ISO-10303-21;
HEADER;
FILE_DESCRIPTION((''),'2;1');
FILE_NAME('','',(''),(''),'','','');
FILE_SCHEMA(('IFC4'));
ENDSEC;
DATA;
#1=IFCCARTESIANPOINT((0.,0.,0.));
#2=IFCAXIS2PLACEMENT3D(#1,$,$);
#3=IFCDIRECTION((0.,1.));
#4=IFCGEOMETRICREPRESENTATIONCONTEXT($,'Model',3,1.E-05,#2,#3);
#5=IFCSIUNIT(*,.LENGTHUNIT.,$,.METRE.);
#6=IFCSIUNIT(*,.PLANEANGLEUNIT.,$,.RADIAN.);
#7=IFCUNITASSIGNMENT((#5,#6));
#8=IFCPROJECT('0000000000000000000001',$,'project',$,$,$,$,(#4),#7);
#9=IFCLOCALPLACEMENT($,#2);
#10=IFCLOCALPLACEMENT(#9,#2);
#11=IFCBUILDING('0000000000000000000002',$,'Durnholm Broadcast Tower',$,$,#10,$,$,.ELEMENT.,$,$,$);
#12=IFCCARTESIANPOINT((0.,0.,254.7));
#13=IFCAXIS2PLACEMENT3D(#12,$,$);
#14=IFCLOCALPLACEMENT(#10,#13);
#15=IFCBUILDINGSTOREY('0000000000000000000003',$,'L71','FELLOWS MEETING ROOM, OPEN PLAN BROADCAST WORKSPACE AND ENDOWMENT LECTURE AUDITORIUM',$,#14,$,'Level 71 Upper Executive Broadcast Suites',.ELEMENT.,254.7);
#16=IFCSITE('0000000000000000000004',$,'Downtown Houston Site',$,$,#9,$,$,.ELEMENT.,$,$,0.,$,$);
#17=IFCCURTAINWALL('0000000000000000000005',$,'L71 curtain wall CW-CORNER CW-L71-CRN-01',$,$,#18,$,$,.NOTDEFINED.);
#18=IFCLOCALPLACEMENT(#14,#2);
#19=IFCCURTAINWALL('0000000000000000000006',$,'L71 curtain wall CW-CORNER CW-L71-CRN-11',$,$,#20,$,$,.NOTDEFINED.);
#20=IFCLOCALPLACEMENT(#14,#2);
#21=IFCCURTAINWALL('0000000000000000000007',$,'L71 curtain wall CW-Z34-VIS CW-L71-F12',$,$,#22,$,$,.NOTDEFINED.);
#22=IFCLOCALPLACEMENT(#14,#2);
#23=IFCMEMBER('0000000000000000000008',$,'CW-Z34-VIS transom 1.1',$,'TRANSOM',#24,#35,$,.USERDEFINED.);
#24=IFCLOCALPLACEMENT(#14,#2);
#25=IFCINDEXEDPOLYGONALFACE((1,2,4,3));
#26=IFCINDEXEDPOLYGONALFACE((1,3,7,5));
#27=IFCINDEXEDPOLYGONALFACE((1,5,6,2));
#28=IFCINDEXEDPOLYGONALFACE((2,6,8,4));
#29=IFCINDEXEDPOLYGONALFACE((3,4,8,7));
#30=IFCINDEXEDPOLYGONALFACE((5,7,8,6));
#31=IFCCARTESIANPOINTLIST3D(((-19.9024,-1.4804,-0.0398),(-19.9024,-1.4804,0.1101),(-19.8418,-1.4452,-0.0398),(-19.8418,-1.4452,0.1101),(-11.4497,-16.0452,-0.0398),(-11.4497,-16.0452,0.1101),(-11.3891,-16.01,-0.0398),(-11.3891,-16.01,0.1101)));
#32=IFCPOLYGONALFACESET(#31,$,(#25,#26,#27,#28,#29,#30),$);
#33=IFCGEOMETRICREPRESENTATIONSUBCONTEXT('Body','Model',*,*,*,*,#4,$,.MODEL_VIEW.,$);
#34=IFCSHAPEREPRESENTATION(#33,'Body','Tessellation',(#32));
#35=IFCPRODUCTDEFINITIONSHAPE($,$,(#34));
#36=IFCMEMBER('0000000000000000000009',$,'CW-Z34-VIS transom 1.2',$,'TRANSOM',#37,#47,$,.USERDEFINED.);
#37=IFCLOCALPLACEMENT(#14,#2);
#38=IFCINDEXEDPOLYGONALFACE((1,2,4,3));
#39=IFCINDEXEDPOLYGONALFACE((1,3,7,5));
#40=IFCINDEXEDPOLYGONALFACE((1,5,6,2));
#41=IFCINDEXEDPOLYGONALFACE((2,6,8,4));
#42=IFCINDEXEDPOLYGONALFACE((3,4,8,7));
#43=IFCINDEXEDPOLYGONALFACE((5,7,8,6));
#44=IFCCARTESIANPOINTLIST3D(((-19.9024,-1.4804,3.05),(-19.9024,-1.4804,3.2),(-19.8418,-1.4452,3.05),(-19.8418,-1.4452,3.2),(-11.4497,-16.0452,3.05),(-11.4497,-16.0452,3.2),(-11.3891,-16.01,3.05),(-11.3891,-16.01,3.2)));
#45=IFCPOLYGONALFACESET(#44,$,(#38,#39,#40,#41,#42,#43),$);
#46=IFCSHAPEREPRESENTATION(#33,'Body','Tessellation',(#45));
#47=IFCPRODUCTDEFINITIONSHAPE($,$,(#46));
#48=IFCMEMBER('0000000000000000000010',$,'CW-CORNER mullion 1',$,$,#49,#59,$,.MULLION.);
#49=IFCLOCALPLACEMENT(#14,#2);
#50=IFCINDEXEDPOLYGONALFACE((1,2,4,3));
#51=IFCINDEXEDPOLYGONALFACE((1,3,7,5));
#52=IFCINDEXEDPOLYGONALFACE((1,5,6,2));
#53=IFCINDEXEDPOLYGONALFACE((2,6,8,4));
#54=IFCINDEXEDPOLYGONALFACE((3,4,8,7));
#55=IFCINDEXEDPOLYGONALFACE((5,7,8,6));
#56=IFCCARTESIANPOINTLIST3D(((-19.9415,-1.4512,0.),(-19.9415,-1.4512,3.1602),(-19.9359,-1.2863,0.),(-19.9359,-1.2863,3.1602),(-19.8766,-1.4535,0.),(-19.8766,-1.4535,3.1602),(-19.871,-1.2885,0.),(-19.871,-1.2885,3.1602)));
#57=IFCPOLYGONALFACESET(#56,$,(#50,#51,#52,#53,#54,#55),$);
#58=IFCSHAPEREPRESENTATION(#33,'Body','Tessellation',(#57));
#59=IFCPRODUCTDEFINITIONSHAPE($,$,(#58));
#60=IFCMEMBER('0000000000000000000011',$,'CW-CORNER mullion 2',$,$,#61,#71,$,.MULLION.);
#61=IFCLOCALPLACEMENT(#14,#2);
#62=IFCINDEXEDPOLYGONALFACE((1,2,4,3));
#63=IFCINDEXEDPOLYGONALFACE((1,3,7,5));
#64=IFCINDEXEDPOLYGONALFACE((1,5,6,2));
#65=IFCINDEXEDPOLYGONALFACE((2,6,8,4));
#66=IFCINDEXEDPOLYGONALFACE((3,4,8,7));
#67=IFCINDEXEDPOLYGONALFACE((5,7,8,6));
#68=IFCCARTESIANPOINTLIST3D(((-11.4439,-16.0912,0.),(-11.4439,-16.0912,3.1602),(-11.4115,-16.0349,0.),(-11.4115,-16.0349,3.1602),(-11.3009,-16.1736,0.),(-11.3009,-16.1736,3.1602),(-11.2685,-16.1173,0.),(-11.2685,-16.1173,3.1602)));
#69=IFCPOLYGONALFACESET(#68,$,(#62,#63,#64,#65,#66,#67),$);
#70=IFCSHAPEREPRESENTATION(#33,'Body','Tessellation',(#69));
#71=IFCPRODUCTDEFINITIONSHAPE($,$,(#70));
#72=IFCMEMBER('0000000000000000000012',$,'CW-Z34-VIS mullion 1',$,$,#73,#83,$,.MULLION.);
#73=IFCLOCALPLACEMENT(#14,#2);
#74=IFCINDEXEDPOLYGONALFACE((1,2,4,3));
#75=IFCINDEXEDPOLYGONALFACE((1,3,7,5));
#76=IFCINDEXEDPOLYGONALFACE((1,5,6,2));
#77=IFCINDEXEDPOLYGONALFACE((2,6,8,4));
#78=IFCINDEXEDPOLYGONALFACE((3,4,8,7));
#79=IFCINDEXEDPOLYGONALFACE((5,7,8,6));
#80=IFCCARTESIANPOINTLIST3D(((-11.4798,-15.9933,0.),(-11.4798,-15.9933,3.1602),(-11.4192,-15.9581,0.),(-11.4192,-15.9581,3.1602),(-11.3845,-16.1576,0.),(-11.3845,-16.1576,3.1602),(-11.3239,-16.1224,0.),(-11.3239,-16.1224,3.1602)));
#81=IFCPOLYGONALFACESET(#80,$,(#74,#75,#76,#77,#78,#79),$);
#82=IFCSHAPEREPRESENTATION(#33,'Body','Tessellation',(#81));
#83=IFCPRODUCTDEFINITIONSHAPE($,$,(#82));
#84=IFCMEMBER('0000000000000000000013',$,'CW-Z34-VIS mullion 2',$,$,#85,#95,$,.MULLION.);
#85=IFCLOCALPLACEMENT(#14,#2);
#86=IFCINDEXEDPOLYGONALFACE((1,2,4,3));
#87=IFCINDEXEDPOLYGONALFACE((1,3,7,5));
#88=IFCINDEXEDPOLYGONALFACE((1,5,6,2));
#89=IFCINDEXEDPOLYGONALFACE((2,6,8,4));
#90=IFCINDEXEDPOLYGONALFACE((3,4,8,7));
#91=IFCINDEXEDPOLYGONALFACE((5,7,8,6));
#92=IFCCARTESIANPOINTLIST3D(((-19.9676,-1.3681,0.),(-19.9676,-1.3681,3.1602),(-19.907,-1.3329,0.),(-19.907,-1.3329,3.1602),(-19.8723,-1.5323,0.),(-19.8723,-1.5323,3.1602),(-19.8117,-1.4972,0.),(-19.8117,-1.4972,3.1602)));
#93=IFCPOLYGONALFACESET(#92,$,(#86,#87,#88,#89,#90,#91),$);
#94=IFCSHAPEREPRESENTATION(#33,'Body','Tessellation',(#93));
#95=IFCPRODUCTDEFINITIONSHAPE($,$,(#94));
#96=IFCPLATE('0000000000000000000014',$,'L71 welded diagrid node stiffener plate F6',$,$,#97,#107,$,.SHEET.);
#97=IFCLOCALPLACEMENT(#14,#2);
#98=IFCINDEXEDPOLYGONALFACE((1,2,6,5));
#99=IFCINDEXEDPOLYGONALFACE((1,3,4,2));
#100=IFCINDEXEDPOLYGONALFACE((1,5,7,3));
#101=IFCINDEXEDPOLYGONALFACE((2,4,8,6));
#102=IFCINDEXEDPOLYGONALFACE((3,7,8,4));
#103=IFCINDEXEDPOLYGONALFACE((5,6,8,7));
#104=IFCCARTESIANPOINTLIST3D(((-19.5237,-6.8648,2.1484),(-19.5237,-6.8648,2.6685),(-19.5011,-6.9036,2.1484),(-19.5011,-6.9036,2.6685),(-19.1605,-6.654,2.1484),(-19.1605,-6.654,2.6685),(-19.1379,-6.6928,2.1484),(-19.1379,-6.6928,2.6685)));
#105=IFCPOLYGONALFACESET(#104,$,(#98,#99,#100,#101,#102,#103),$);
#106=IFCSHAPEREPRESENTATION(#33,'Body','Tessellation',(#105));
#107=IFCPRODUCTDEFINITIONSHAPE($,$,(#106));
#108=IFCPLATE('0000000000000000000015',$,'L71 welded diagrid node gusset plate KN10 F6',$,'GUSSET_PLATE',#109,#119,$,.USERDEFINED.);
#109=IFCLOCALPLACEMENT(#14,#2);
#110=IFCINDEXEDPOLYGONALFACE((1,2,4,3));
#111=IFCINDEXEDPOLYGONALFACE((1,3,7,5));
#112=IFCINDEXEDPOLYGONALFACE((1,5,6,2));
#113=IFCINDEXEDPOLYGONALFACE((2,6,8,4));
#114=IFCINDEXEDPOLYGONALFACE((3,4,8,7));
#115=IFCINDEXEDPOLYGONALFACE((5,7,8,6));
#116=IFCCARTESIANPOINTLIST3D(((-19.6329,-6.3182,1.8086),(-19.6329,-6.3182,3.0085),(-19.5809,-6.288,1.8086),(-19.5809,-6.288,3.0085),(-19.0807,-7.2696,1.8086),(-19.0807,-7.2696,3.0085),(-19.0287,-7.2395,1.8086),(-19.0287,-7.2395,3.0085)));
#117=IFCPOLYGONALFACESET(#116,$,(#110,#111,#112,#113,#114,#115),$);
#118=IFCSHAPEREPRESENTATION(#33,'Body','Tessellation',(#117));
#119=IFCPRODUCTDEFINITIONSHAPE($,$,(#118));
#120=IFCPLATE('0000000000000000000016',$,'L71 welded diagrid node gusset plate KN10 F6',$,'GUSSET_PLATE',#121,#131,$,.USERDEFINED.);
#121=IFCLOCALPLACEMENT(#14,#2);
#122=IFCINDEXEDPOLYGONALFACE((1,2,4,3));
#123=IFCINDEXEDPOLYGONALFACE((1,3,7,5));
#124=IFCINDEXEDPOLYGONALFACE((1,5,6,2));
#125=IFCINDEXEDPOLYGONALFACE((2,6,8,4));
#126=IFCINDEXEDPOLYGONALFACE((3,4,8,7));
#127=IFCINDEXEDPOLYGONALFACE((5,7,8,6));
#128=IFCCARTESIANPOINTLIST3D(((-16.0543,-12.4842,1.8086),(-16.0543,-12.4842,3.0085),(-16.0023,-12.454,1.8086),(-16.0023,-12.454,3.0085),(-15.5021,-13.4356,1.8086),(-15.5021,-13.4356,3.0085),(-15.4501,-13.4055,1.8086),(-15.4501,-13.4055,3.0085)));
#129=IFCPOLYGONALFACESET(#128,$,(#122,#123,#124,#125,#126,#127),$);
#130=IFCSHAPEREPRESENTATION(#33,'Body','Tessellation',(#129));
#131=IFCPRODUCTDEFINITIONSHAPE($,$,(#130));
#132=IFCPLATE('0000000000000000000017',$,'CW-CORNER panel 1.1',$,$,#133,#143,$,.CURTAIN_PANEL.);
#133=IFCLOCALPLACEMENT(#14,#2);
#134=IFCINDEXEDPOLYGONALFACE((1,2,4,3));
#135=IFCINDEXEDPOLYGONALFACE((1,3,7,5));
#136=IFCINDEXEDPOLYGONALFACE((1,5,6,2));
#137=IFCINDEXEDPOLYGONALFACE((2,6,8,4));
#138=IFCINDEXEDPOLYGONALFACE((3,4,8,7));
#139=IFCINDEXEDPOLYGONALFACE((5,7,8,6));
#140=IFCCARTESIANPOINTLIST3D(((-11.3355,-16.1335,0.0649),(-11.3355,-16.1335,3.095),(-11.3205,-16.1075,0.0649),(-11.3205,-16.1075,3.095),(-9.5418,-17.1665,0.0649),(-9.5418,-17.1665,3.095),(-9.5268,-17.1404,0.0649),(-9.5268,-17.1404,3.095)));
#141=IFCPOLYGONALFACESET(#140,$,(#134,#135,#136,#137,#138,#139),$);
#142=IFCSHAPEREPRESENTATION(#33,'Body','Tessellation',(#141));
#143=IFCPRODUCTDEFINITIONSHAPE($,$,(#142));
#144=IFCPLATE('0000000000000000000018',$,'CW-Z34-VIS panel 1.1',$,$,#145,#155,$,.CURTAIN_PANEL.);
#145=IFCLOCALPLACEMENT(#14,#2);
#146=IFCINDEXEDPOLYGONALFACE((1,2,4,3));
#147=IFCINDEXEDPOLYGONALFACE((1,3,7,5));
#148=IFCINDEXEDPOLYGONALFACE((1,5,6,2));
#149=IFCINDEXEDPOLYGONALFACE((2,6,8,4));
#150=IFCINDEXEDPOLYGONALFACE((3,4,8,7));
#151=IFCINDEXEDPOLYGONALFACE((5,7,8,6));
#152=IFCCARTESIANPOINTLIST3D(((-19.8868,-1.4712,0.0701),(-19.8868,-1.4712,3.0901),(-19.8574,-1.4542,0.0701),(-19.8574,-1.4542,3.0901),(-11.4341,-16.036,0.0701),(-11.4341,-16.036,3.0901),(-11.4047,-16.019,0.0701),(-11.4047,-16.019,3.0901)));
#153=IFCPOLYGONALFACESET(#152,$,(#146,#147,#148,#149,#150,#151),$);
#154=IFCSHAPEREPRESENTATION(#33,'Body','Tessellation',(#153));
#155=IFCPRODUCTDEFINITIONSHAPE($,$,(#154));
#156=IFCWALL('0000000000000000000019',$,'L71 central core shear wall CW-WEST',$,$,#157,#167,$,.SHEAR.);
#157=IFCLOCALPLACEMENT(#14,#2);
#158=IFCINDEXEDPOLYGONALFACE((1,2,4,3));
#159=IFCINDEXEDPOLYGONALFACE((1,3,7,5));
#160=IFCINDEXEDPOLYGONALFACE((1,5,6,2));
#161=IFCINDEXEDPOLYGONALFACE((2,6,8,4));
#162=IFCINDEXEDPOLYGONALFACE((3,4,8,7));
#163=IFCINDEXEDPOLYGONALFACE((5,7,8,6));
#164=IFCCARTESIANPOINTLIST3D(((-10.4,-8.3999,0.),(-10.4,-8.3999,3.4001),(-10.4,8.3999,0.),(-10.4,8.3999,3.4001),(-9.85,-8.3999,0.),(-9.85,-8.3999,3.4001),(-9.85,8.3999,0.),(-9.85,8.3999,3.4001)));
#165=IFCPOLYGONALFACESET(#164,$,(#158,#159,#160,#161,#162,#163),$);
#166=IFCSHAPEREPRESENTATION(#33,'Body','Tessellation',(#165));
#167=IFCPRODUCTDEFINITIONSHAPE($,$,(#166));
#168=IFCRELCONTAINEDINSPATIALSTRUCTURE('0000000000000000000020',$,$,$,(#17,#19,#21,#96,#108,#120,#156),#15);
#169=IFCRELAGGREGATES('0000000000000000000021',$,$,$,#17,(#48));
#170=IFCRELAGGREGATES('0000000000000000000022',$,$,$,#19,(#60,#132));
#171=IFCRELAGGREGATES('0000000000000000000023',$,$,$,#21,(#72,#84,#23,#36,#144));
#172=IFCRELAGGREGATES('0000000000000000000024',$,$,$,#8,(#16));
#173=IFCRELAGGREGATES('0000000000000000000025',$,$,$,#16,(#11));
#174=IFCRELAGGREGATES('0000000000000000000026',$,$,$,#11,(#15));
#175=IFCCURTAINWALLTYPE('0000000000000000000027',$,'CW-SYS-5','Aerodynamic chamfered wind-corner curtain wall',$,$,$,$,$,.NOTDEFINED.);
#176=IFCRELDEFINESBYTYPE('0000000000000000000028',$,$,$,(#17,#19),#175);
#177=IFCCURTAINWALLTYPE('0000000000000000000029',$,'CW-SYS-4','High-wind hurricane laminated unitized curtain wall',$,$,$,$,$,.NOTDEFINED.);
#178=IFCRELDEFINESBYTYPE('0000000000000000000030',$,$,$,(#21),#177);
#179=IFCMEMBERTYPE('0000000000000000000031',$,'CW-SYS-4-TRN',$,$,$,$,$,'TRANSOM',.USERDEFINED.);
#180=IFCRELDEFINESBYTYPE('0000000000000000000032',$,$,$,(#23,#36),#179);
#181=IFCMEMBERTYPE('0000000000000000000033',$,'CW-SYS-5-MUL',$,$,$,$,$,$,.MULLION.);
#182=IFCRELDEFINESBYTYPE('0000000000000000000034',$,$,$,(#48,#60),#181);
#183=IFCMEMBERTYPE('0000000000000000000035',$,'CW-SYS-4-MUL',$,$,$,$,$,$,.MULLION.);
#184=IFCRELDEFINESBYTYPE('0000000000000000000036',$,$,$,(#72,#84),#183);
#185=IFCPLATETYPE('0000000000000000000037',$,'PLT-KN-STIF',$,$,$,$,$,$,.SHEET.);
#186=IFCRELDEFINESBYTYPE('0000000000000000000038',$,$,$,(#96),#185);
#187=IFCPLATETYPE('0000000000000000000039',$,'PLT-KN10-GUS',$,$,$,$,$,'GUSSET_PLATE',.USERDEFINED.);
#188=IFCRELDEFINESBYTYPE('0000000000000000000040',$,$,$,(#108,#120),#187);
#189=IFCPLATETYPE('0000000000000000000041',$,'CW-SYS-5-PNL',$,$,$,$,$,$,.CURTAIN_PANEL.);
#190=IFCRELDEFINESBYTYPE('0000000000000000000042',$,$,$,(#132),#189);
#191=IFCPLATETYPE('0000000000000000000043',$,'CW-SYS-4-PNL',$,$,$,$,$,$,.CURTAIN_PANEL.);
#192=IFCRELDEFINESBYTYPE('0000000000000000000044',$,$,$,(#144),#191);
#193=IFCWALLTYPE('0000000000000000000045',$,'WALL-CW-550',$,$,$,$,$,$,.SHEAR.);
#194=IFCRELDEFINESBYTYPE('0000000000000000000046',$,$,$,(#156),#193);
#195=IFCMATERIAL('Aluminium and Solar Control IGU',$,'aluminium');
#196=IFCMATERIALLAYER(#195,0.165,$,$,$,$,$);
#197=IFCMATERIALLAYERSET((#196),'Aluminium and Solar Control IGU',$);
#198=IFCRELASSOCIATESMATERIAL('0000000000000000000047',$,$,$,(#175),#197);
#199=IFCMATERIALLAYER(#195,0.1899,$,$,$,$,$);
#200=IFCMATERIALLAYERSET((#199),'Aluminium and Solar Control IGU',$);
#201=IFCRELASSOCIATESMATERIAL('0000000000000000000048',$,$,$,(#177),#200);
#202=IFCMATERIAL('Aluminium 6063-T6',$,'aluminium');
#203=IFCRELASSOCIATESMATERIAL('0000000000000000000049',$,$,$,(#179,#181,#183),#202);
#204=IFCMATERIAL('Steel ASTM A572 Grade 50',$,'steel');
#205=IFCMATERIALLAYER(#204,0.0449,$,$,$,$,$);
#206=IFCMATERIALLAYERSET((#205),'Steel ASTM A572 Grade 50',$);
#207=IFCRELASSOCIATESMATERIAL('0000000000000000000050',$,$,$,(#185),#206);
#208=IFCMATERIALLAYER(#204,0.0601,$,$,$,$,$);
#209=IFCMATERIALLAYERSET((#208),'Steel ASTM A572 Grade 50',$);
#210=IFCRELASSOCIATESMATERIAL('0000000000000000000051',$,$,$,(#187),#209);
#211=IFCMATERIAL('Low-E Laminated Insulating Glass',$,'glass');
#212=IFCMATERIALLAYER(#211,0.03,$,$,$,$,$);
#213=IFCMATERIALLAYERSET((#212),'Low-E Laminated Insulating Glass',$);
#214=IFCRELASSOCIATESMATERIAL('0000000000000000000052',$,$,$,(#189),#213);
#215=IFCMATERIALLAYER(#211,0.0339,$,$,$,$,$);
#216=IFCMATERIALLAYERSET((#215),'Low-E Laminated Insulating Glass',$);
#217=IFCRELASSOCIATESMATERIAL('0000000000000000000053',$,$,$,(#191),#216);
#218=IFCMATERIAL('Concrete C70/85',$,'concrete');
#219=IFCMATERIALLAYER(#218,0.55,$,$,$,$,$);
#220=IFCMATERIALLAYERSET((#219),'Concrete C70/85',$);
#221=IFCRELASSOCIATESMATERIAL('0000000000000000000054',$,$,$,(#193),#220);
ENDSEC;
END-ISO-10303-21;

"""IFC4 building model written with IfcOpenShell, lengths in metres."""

from ifc_helpers import new_model, si_unit, direction, frame, frame_2d, origin, origin_2d, place, context, subcontext, project, spatial, rectangle, extrude, source, transform, mapped, material, layer, layer_set, material_profile, profile_set, type_object, type_shapes, element, aggregate, save


model = new_model("IFC4")

# Units and contexts
model_context = context("Model", 3, precision=1e-05, world=origin(), true_north=direction((0.0, 1.0)))
body_context = subcontext(model_context, "Body", "Model", "MODEL_VIEW")
ifc_project = project(units=[si_unit("LENGTHUNIT", "METRE"), si_unit("PLANEANGLEUNIT", "RADIAN")], contexts=[model_context])

# Site, building, storey
site_placement = place(None, origin())
site = spatial("IfcSite", under=ifc_project, at=site_placement, Name="Downtown Houston Site", CompositionType="ELEMENT", RefElevation=0.0)
building_placement = place(site_placement, origin())
building = spatial("IfcBuilding", under=site, at=building_placement, Name="Durnholm Broadcast Tower", CompositionType="ELEMENT")
storey_placement = place(building_placement, frame((0.0, 0.0, 254.7)))
storey = spatial("IfcBuildingStorey", under=building, at=storey_placement, Name="L71", Description="FELLOWS MEETING ROOM, OPEN PLAN BROADCAST WORKSPACE AND ENDOWMENT LECTURE AUDITORIUM", LongName="Level 71 Upper Executive Broadcast Suites", CompositionType="ELEMENT", Elevation=254.7)

# Shared definitions
ifc_material_1 = material(Name="Concrete C70/85", Category="concrete")

# Curtain walls, members
ifc_material_2 = material(Name="Aluminium and Solar Control IGU", Category="aluminium")
ifc_layer_1 = layer(ifc_material_2, 0.165)
ifc_layer_set_1 = layer_set([ifc_layer_1], Name="Aluminium and Solar Control IGU")
curtain_wall_type_1 = type_object("IfcCurtainWallType", Name="CW-SYS-5", Description="Aerodynamic chamfered wind-corner curtain wall", PredefinedType="NOTDEFINED", material=ifc_layer_set_1)
curtain_wall_1_placement = place(storey_placement, origin())
curtain_wall_1 = element("IfcCurtainWall", 1, at=curtain_wall_1_placement, inside=storey, type_object=curtain_wall_type_1, Name="L71 curtain wall CW-CORNER CW-L71-CRN-01", PredefinedType="NOTDEFINED")
ifc_material_3 = material(Name="Aluminium 6063-T6", Category="aluminium")
curtain_wall_2_placement = place(storey_placement, origin())
curtain_wall_2 = element("IfcCurtainWall", 2, at=curtain_wall_2_placement, inside=storey, type_object=curtain_wall_type_1, Name="L71 curtain wall CW-CORNER CW-L71-CRN-11", PredefinedType="NOTDEFINED")
ifc_layer_2 = layer(ifc_material_2, 0.1899)
ifc_layer_set_2 = layer_set([ifc_layer_2], Name="Aluminium and Solar Control IGU")
curtain_wall_type_2 = type_object("IfcCurtainWallType", Name="CW-SYS-4", Description="High-wind hurricane laminated unitized curtain wall", PredefinedType="NOTDEFINED", material=ifc_layer_set_2)
curtain_wall_3_placement = place(storey_placement, origin())
curtain_wall_3 = element("IfcCurtainWall", 3, at=curtain_wall_3_placement, inside=storey, type_object=curtain_wall_type_2, Name="L71 curtain wall CW-Z34-VIS CW-L71-F12", PredefinedType="NOTDEFINED")
ifc_material_profile_1 = material_profile(ifc_material_3, rectangle(XDim=0.0701, YDim=0.1499, at=origin_2d()), Name="CWT70X150")
ifc_profile_set_1 = profile_set([ifc_material_profile_1], Name="Aluminium 6063-T6")
member_type_1 = type_object("IfcMemberType", Name="CW-SYS-4-TRN", ElementType="TRANSOM", PredefinedType="USERDEFINED", material=ifc_profile_set_1)
shared_shape_1 = source(origin(), body_context, "Body", "SweptSolid", [
    extrude(rectangle(XDim=0.0701, YDim=0.1499, at=origin_2d()), origin(), (0.0, 0.0, 1.0), 16.8398),
])
type_shapes(member_type_1, [shared_shape_1])
member_1_placement = place(storey_placement, frame((-11.4194, -16.0276, 0.0352), z_axis=(-0.501945, 0.864899, 0.0), x_axis=(-0.864899, -0.501945, 0.0)))
member_1 = element("IfcMember", 4, at=member_1_placement, type_object=member_type_1, Name="CW-Z34-VIS transom 1.1", ObjectType="TRANSOM", PredefinedType="USERDEFINED", context=body_context, shape_type="MappedRepresentation", body=[
    mapped(shared_shape_1, transform((0.0, 0.0, 0.0), x_axis=(1.0, 0.0, 0.0), y_axis=(0.0, 1.0, 0.0), z_axis=(0.0, 0.0, 1.0), scale=1.0)),
])
member_2_placement = place(storey_placement, frame((-11.4194, -16.0276, 3.125), z_axis=(-0.501945, 0.864899, 0.0), x_axis=(-0.864899, -0.501945, 0.0)))
member_2 = element("IfcMember", 5, at=member_2_placement, type_object=member_type_1, Name="CW-Z34-VIS transom 1.2", ObjectType="TRANSOM", PredefinedType="USERDEFINED", context=body_context, shape_type="MappedRepresentation", body=[
    mapped(shared_shape_1, transform((0.0, 0.0, 0.0), x_axis=(1.0, 0.0, 0.0), y_axis=(0.0, 1.0, 0.0), z_axis=(0.0, 0.0, 1.0), scale=1.0)),
])

# Members
ifc_material_profile_2 = material_profile(ifc_material_3, rectangle(XDim=0.0649, YDim=0.165, at=origin_2d()), Name="CWM65X165")
ifc_profile_set_2 = profile_set([ifc_material_profile_2], Name="Aluminium 6063-T6")
member_type_2 = type_object("IfcMemberType", Name="CW-SYS-5-MUL", PredefinedType="MULLION", material=ifc_profile_set_2)
shared_shape_2 = source(origin(), body_context, "Body", "SweptSolid", [
    extrude(rectangle(XDim=0.0649, YDim=0.165, at=origin_2d()), origin(), (0.0, 0.0, 1.0), 3.1602),
])
type_shapes(member_type_2, [shared_shape_2])
member_3_placement = place(storey_placement, frame((-19.9062, -1.3699, 0.0), z_axis=(0.0, 0.0, 1.0), x_axis=(-0.999411, 0.034318, 0.0)))
member_3 = element("IfcMember", 6, at=member_3_placement, type_object=member_type_2, Name="CW-CORNER mullion 1", PredefinedType="MULLION", context=body_context, shape_type="MappedRepresentation", body=[
    mapped(shared_shape_2, transform((0.0, 0.0, 0.0), x_axis=(1.0, 0.0, 0.0), y_axis=(0.0, 1.0, 0.0), z_axis=(0.0, 0.0, 1.0), scale=1.0)),
])
aggregate(curtain_wall_1, [member_3])
member_4_placement = place(storey_placement, frame((-11.3562, -16.1042, 0.0), z_axis=(0.0, 0.0, 1.0), x_axis=(-0.499059, -0.866568, 0.0)))
member_4 = element("IfcMember", 7, at=member_4_placement, type_object=member_type_2, Name="CW-CORNER mullion 2", PredefinedType="MULLION", context=body_context, shape_type="MappedRepresentation", body=[
    mapped(shared_shape_2, transform((0.0, 0.0, 0.0), x_axis=(1.0, 0.0, 0.0), y_axis=(0.0, 1.0, 0.0), z_axis=(0.0, 0.0, 1.0), scale=1.0)),
])
ifc_material_profile_3 = material_profile(ifc_material_3, rectangle(XDim=0.0701, YDim=0.1899, at=origin_2d()), Name="CWM70X190")
ifc_profile_set_3 = profile_set([ifc_material_profile_3], Name="Aluminium 6063-T6")
member_type_3 = type_object("IfcMemberType", Name="CW-SYS-4-MUL", PredefinedType="MULLION", material=ifc_profile_set_3)
shared_shape_3 = source(origin(), body_context, "Body", "SweptSolid", [
    extrude(rectangle(XDim=0.0701, YDim=0.1899, at=origin_2d()), origin(), (0.0, 0.0, 1.0), 3.1602),
])
type_shapes(member_type_3, [shared_shape_3])
member_5_placement = place(storey_placement, frame((-11.4019, -16.0579, 0.0), z_axis=(0.0, 0.0, 1.0), x_axis=(-0.8649, -0.501944, 0.0)))
member_5 = element("IfcMember", 8, at=member_5_placement, type_object=member_type_3, Name="CW-Z34-VIS mullion 1", PredefinedType="MULLION", context=body_context, shape_type="MappedRepresentation", body=[
    mapped(shared_shape_3, transform((0.0, 0.0, 0.0), x_axis=(1.0, 0.0, 0.0), y_axis=(0.0, 1.0, 0.0), z_axis=(0.0, 0.0, 1.0), scale=1.0)),
])
member_6_placement = place(storey_placement, frame((-19.8896, -1.4326, 0.0), z_axis=(0.0, 0.0, 1.0), x_axis=(-0.8649, -0.501944, 0.0)))
member_6 = element("IfcMember", 9, at=member_6_placement, type_object=member_type_3, Name="CW-Z34-VIS mullion 2", PredefinedType="MULLION", context=body_context, shape_type="MappedRepresentation", body=[
    mapped(shared_shape_3, transform((0.0, 0.0, 0.0), x_axis=(1.0, 0.0, 0.0), y_axis=(0.0, 1.0, 0.0), z_axis=(0.0, 0.0, 1.0), scale=1.0)),
])

# Plates
ifc_material_4 = material(Name="Steel ASTM A572 Grade 50", Category="steel")
ifc_layer_3 = layer(ifc_material_4, 0.0449)
ifc_layer_set_3 = layer_set([ifc_layer_3], Name="Steel ASTM A572 Grade 50")
plate_type_1 = type_object("IfcPlateType", Name="PLT-KN-STIF", PredefinedType="SHEET", material=ifc_layer_set_3)
shared_shape_4 = source(origin(), body_context, "Body", "SweptSolid", [
    extrude(rectangle(XDim=0.0449, YDim=0.4199, at=origin_2d()), origin(), (0.0, 0.0, 1.0), 0.52),
])
type_shapes(plate_type_1, [shared_shape_4])
plate_1_placement = place(storey_placement, frame((-19.3308, -6.7788, 2.1484), z_axis=(0.0, 0.0, 1.0), x_axis=(0.501964, -0.864889, 0.0)))
element("IfcPlate", 10, at=plate_1_placement, inside=storey, type_object=plate_type_1, Name="L71 welded diagrid node stiffener plate F6", PredefinedType="SHEET", context=body_context, shape_type="MappedRepresentation", body=[
    mapped(shared_shape_4, transform((0.0, 0.0, 0.0), x_axis=(1.0, 0.0, 0.0), y_axis=(0.0, 1.0, 0.0), z_axis=(0.0, 0.0, 1.0), scale=1.0)),
])
ifc_layer_4 = layer(ifc_material_4, 0.0601)
ifc_layer_set_4 = layer_set([ifc_layer_4], Name="Steel ASTM A572 Grade 50")
plate_type_2 = type_object("IfcPlateType", Name="PLT-KN10-GUS", ElementType="GUSSET_PLATE", PredefinedType="USERDEFINED", material=ifc_layer_set_4)
shared_shape_5 = source(origin(), body_context, "Body", "SweptSolid", [
    extrude(rectangle(XDim=1.1001, YDim=0.0601, at=origin_2d()), origin(), (0.0, 0.0, 1.0), 1.2),
])
type_shapes(plate_type_2, [shared_shape_5])
for number, where, z_axis, x_axis, name in (
    (11, (-19.3308, -6.7788, 1.8086), (0.0, 0.0, 1.0), (0.501964, -0.864889, 0.0), "L71 welded diagrid node gusset plate KN10 F6"),
    (12, (-15.7522, -12.9448, 1.8086), (0.0, 0.0, 1.0), (0.501964, -0.864889, 0.0), "L71 welded diagrid node gusset plate KN10 F6"),
):
    element("IfcPlate", number, at=place(storey_placement, frame(where, z_axis=z_axis, x_axis=x_axis)), inside=storey, type_object=plate_type_2, Name=name, ObjectType="GUSSET_PLATE", PredefinedType="USERDEFINED", context=body_context, shape_type="MappedRepresentation", body=[
        mapped(shared_shape_5, transform((0.0, 0.0, 0.0), x_axis=(1.0, 0.0, 0.0), y_axis=(0.0, 1.0, 0.0), z_axis=(0.0, 0.0, 1.0), scale=1.0)),
    ])

# Plates
ifc_material_5 = material(Name="Low-E Laminated Insulating Glass", Category="glass")
ifc_layer_5 = layer(ifc_material_5, 0.03)
ifc_layer_set_5 = layer_set([ifc_layer_5], Name="Low-E Laminated Insulating Glass")
plate_type_3 = type_object("IfcPlateType", Name="CW-SYS-5-PNL", PredefinedType="CURTAIN_PANEL", material=ifc_layer_set_5)
shared_shape_6 = source(origin(), body_context, "Body", "SweptSolid", [
    extrude(rectangle(XDim=2.0698, YDim=0.03, at=origin_2d()), origin(), (0.0, 0.0, 1.0), 3.03),
])
type_shapes(plate_type_3, [shared_shape_6])
plate_2_placement = place(storey_placement, frame((-10.4312, -16.637, 0.0649), z_axis=(0.0, 0.0, 1.0), x_axis=(-0.866568, 0.499059, 0.0)))
plate_2 = element("IfcPlate", 13, at=plate_2_placement, type_object=plate_type_3, Name="CW-CORNER panel 1.1", PredefinedType="CURTAIN_PANEL", context=body_context, shape_type="MappedRepresentation", body=[
    mapped(shared_shape_6, transform((0.0, 0.0, 0.0), x_axis=(1.0, 0.0, 0.0), y_axis=(0.0, 1.0, 0.0), z_axis=(0.0, 0.0, 1.0), scale=1.0)),
])
aggregate(curtain_wall_2, [member_4, plate_2])
ifc_layer_6 = layer(ifc_material_5, 0.0339)
ifc_layer_set_6 = layer_set([ifc_layer_6], Name="Low-E Laminated Insulating Glass")
plate_type_4 = type_object("IfcPlateType", Name="CW-SYS-4-PNL", PredefinedType="CURTAIN_PANEL", material=ifc_layer_set_6)
shared_shape_7 = source(origin(), body_context, "Body", "SweptSolid", [
    extrude(rectangle(XDim=16.8398, YDim=0.0339, at=origin_2d()), origin(), (0.0, 0.0, 1.0), 3.02),
])
type_shapes(plate_type_4, [shared_shape_7])
plate_3_placement = place(storey_placement, frame((-15.6458, -8.7451, 0.0701), z_axis=(0.0, 0.0, 1.0), x_axis=(-0.501944, 0.8649, 0.0)))
plate_3 = element("IfcPlate", 14, at=plate_3_placement, type_object=plate_type_4, Name="CW-Z34-VIS panel 1.1", PredefinedType="CURTAIN_PANEL", context=body_context, shape_type="MappedRepresentation", body=[
    mapped(shared_shape_7, transform((0.0, 0.0, 0.0), x_axis=(1.0, 0.0, 0.0), y_axis=(0.0, 1.0, 0.0), z_axis=(0.0, 0.0, 1.0), scale=1.0)),
])
aggregate(curtain_wall_3, [member_5, member_6, member_1, member_2, plate_3])

# Wall
ifc_layer_7 = layer(ifc_material_1, 0.55)
ifc_layer_set_7 = layer_set([ifc_layer_7], Name="Concrete C70/85")
wall_type_1 = type_object("IfcWallType", Name="WALL-CW-550", PredefinedType="SHEAR", material=ifc_layer_set_7)
wall_1_placement = place(storey_placement, frame((-10.125, -8.3999, 0.0), z_axis=(0.0, 0.0, 1.0), x_axis=(0.0, 1.0, 0.0)))
element("IfcWall", 15, at=wall_1_placement, inside=storey, type_object=wall_type_1, Name="L71 central core shear wall CW-WEST", PredefinedType="SHEAR", context=body_context, shape_type="SweptSolid", body=[
    extrude(rectangle(XDim=16.7998, YDim=0.55, at=frame_2d((8.3999, 0.0))), origin(), (0.0, 0.0, 1.0), 3.4001),
])

save(model, "model.ifc")
